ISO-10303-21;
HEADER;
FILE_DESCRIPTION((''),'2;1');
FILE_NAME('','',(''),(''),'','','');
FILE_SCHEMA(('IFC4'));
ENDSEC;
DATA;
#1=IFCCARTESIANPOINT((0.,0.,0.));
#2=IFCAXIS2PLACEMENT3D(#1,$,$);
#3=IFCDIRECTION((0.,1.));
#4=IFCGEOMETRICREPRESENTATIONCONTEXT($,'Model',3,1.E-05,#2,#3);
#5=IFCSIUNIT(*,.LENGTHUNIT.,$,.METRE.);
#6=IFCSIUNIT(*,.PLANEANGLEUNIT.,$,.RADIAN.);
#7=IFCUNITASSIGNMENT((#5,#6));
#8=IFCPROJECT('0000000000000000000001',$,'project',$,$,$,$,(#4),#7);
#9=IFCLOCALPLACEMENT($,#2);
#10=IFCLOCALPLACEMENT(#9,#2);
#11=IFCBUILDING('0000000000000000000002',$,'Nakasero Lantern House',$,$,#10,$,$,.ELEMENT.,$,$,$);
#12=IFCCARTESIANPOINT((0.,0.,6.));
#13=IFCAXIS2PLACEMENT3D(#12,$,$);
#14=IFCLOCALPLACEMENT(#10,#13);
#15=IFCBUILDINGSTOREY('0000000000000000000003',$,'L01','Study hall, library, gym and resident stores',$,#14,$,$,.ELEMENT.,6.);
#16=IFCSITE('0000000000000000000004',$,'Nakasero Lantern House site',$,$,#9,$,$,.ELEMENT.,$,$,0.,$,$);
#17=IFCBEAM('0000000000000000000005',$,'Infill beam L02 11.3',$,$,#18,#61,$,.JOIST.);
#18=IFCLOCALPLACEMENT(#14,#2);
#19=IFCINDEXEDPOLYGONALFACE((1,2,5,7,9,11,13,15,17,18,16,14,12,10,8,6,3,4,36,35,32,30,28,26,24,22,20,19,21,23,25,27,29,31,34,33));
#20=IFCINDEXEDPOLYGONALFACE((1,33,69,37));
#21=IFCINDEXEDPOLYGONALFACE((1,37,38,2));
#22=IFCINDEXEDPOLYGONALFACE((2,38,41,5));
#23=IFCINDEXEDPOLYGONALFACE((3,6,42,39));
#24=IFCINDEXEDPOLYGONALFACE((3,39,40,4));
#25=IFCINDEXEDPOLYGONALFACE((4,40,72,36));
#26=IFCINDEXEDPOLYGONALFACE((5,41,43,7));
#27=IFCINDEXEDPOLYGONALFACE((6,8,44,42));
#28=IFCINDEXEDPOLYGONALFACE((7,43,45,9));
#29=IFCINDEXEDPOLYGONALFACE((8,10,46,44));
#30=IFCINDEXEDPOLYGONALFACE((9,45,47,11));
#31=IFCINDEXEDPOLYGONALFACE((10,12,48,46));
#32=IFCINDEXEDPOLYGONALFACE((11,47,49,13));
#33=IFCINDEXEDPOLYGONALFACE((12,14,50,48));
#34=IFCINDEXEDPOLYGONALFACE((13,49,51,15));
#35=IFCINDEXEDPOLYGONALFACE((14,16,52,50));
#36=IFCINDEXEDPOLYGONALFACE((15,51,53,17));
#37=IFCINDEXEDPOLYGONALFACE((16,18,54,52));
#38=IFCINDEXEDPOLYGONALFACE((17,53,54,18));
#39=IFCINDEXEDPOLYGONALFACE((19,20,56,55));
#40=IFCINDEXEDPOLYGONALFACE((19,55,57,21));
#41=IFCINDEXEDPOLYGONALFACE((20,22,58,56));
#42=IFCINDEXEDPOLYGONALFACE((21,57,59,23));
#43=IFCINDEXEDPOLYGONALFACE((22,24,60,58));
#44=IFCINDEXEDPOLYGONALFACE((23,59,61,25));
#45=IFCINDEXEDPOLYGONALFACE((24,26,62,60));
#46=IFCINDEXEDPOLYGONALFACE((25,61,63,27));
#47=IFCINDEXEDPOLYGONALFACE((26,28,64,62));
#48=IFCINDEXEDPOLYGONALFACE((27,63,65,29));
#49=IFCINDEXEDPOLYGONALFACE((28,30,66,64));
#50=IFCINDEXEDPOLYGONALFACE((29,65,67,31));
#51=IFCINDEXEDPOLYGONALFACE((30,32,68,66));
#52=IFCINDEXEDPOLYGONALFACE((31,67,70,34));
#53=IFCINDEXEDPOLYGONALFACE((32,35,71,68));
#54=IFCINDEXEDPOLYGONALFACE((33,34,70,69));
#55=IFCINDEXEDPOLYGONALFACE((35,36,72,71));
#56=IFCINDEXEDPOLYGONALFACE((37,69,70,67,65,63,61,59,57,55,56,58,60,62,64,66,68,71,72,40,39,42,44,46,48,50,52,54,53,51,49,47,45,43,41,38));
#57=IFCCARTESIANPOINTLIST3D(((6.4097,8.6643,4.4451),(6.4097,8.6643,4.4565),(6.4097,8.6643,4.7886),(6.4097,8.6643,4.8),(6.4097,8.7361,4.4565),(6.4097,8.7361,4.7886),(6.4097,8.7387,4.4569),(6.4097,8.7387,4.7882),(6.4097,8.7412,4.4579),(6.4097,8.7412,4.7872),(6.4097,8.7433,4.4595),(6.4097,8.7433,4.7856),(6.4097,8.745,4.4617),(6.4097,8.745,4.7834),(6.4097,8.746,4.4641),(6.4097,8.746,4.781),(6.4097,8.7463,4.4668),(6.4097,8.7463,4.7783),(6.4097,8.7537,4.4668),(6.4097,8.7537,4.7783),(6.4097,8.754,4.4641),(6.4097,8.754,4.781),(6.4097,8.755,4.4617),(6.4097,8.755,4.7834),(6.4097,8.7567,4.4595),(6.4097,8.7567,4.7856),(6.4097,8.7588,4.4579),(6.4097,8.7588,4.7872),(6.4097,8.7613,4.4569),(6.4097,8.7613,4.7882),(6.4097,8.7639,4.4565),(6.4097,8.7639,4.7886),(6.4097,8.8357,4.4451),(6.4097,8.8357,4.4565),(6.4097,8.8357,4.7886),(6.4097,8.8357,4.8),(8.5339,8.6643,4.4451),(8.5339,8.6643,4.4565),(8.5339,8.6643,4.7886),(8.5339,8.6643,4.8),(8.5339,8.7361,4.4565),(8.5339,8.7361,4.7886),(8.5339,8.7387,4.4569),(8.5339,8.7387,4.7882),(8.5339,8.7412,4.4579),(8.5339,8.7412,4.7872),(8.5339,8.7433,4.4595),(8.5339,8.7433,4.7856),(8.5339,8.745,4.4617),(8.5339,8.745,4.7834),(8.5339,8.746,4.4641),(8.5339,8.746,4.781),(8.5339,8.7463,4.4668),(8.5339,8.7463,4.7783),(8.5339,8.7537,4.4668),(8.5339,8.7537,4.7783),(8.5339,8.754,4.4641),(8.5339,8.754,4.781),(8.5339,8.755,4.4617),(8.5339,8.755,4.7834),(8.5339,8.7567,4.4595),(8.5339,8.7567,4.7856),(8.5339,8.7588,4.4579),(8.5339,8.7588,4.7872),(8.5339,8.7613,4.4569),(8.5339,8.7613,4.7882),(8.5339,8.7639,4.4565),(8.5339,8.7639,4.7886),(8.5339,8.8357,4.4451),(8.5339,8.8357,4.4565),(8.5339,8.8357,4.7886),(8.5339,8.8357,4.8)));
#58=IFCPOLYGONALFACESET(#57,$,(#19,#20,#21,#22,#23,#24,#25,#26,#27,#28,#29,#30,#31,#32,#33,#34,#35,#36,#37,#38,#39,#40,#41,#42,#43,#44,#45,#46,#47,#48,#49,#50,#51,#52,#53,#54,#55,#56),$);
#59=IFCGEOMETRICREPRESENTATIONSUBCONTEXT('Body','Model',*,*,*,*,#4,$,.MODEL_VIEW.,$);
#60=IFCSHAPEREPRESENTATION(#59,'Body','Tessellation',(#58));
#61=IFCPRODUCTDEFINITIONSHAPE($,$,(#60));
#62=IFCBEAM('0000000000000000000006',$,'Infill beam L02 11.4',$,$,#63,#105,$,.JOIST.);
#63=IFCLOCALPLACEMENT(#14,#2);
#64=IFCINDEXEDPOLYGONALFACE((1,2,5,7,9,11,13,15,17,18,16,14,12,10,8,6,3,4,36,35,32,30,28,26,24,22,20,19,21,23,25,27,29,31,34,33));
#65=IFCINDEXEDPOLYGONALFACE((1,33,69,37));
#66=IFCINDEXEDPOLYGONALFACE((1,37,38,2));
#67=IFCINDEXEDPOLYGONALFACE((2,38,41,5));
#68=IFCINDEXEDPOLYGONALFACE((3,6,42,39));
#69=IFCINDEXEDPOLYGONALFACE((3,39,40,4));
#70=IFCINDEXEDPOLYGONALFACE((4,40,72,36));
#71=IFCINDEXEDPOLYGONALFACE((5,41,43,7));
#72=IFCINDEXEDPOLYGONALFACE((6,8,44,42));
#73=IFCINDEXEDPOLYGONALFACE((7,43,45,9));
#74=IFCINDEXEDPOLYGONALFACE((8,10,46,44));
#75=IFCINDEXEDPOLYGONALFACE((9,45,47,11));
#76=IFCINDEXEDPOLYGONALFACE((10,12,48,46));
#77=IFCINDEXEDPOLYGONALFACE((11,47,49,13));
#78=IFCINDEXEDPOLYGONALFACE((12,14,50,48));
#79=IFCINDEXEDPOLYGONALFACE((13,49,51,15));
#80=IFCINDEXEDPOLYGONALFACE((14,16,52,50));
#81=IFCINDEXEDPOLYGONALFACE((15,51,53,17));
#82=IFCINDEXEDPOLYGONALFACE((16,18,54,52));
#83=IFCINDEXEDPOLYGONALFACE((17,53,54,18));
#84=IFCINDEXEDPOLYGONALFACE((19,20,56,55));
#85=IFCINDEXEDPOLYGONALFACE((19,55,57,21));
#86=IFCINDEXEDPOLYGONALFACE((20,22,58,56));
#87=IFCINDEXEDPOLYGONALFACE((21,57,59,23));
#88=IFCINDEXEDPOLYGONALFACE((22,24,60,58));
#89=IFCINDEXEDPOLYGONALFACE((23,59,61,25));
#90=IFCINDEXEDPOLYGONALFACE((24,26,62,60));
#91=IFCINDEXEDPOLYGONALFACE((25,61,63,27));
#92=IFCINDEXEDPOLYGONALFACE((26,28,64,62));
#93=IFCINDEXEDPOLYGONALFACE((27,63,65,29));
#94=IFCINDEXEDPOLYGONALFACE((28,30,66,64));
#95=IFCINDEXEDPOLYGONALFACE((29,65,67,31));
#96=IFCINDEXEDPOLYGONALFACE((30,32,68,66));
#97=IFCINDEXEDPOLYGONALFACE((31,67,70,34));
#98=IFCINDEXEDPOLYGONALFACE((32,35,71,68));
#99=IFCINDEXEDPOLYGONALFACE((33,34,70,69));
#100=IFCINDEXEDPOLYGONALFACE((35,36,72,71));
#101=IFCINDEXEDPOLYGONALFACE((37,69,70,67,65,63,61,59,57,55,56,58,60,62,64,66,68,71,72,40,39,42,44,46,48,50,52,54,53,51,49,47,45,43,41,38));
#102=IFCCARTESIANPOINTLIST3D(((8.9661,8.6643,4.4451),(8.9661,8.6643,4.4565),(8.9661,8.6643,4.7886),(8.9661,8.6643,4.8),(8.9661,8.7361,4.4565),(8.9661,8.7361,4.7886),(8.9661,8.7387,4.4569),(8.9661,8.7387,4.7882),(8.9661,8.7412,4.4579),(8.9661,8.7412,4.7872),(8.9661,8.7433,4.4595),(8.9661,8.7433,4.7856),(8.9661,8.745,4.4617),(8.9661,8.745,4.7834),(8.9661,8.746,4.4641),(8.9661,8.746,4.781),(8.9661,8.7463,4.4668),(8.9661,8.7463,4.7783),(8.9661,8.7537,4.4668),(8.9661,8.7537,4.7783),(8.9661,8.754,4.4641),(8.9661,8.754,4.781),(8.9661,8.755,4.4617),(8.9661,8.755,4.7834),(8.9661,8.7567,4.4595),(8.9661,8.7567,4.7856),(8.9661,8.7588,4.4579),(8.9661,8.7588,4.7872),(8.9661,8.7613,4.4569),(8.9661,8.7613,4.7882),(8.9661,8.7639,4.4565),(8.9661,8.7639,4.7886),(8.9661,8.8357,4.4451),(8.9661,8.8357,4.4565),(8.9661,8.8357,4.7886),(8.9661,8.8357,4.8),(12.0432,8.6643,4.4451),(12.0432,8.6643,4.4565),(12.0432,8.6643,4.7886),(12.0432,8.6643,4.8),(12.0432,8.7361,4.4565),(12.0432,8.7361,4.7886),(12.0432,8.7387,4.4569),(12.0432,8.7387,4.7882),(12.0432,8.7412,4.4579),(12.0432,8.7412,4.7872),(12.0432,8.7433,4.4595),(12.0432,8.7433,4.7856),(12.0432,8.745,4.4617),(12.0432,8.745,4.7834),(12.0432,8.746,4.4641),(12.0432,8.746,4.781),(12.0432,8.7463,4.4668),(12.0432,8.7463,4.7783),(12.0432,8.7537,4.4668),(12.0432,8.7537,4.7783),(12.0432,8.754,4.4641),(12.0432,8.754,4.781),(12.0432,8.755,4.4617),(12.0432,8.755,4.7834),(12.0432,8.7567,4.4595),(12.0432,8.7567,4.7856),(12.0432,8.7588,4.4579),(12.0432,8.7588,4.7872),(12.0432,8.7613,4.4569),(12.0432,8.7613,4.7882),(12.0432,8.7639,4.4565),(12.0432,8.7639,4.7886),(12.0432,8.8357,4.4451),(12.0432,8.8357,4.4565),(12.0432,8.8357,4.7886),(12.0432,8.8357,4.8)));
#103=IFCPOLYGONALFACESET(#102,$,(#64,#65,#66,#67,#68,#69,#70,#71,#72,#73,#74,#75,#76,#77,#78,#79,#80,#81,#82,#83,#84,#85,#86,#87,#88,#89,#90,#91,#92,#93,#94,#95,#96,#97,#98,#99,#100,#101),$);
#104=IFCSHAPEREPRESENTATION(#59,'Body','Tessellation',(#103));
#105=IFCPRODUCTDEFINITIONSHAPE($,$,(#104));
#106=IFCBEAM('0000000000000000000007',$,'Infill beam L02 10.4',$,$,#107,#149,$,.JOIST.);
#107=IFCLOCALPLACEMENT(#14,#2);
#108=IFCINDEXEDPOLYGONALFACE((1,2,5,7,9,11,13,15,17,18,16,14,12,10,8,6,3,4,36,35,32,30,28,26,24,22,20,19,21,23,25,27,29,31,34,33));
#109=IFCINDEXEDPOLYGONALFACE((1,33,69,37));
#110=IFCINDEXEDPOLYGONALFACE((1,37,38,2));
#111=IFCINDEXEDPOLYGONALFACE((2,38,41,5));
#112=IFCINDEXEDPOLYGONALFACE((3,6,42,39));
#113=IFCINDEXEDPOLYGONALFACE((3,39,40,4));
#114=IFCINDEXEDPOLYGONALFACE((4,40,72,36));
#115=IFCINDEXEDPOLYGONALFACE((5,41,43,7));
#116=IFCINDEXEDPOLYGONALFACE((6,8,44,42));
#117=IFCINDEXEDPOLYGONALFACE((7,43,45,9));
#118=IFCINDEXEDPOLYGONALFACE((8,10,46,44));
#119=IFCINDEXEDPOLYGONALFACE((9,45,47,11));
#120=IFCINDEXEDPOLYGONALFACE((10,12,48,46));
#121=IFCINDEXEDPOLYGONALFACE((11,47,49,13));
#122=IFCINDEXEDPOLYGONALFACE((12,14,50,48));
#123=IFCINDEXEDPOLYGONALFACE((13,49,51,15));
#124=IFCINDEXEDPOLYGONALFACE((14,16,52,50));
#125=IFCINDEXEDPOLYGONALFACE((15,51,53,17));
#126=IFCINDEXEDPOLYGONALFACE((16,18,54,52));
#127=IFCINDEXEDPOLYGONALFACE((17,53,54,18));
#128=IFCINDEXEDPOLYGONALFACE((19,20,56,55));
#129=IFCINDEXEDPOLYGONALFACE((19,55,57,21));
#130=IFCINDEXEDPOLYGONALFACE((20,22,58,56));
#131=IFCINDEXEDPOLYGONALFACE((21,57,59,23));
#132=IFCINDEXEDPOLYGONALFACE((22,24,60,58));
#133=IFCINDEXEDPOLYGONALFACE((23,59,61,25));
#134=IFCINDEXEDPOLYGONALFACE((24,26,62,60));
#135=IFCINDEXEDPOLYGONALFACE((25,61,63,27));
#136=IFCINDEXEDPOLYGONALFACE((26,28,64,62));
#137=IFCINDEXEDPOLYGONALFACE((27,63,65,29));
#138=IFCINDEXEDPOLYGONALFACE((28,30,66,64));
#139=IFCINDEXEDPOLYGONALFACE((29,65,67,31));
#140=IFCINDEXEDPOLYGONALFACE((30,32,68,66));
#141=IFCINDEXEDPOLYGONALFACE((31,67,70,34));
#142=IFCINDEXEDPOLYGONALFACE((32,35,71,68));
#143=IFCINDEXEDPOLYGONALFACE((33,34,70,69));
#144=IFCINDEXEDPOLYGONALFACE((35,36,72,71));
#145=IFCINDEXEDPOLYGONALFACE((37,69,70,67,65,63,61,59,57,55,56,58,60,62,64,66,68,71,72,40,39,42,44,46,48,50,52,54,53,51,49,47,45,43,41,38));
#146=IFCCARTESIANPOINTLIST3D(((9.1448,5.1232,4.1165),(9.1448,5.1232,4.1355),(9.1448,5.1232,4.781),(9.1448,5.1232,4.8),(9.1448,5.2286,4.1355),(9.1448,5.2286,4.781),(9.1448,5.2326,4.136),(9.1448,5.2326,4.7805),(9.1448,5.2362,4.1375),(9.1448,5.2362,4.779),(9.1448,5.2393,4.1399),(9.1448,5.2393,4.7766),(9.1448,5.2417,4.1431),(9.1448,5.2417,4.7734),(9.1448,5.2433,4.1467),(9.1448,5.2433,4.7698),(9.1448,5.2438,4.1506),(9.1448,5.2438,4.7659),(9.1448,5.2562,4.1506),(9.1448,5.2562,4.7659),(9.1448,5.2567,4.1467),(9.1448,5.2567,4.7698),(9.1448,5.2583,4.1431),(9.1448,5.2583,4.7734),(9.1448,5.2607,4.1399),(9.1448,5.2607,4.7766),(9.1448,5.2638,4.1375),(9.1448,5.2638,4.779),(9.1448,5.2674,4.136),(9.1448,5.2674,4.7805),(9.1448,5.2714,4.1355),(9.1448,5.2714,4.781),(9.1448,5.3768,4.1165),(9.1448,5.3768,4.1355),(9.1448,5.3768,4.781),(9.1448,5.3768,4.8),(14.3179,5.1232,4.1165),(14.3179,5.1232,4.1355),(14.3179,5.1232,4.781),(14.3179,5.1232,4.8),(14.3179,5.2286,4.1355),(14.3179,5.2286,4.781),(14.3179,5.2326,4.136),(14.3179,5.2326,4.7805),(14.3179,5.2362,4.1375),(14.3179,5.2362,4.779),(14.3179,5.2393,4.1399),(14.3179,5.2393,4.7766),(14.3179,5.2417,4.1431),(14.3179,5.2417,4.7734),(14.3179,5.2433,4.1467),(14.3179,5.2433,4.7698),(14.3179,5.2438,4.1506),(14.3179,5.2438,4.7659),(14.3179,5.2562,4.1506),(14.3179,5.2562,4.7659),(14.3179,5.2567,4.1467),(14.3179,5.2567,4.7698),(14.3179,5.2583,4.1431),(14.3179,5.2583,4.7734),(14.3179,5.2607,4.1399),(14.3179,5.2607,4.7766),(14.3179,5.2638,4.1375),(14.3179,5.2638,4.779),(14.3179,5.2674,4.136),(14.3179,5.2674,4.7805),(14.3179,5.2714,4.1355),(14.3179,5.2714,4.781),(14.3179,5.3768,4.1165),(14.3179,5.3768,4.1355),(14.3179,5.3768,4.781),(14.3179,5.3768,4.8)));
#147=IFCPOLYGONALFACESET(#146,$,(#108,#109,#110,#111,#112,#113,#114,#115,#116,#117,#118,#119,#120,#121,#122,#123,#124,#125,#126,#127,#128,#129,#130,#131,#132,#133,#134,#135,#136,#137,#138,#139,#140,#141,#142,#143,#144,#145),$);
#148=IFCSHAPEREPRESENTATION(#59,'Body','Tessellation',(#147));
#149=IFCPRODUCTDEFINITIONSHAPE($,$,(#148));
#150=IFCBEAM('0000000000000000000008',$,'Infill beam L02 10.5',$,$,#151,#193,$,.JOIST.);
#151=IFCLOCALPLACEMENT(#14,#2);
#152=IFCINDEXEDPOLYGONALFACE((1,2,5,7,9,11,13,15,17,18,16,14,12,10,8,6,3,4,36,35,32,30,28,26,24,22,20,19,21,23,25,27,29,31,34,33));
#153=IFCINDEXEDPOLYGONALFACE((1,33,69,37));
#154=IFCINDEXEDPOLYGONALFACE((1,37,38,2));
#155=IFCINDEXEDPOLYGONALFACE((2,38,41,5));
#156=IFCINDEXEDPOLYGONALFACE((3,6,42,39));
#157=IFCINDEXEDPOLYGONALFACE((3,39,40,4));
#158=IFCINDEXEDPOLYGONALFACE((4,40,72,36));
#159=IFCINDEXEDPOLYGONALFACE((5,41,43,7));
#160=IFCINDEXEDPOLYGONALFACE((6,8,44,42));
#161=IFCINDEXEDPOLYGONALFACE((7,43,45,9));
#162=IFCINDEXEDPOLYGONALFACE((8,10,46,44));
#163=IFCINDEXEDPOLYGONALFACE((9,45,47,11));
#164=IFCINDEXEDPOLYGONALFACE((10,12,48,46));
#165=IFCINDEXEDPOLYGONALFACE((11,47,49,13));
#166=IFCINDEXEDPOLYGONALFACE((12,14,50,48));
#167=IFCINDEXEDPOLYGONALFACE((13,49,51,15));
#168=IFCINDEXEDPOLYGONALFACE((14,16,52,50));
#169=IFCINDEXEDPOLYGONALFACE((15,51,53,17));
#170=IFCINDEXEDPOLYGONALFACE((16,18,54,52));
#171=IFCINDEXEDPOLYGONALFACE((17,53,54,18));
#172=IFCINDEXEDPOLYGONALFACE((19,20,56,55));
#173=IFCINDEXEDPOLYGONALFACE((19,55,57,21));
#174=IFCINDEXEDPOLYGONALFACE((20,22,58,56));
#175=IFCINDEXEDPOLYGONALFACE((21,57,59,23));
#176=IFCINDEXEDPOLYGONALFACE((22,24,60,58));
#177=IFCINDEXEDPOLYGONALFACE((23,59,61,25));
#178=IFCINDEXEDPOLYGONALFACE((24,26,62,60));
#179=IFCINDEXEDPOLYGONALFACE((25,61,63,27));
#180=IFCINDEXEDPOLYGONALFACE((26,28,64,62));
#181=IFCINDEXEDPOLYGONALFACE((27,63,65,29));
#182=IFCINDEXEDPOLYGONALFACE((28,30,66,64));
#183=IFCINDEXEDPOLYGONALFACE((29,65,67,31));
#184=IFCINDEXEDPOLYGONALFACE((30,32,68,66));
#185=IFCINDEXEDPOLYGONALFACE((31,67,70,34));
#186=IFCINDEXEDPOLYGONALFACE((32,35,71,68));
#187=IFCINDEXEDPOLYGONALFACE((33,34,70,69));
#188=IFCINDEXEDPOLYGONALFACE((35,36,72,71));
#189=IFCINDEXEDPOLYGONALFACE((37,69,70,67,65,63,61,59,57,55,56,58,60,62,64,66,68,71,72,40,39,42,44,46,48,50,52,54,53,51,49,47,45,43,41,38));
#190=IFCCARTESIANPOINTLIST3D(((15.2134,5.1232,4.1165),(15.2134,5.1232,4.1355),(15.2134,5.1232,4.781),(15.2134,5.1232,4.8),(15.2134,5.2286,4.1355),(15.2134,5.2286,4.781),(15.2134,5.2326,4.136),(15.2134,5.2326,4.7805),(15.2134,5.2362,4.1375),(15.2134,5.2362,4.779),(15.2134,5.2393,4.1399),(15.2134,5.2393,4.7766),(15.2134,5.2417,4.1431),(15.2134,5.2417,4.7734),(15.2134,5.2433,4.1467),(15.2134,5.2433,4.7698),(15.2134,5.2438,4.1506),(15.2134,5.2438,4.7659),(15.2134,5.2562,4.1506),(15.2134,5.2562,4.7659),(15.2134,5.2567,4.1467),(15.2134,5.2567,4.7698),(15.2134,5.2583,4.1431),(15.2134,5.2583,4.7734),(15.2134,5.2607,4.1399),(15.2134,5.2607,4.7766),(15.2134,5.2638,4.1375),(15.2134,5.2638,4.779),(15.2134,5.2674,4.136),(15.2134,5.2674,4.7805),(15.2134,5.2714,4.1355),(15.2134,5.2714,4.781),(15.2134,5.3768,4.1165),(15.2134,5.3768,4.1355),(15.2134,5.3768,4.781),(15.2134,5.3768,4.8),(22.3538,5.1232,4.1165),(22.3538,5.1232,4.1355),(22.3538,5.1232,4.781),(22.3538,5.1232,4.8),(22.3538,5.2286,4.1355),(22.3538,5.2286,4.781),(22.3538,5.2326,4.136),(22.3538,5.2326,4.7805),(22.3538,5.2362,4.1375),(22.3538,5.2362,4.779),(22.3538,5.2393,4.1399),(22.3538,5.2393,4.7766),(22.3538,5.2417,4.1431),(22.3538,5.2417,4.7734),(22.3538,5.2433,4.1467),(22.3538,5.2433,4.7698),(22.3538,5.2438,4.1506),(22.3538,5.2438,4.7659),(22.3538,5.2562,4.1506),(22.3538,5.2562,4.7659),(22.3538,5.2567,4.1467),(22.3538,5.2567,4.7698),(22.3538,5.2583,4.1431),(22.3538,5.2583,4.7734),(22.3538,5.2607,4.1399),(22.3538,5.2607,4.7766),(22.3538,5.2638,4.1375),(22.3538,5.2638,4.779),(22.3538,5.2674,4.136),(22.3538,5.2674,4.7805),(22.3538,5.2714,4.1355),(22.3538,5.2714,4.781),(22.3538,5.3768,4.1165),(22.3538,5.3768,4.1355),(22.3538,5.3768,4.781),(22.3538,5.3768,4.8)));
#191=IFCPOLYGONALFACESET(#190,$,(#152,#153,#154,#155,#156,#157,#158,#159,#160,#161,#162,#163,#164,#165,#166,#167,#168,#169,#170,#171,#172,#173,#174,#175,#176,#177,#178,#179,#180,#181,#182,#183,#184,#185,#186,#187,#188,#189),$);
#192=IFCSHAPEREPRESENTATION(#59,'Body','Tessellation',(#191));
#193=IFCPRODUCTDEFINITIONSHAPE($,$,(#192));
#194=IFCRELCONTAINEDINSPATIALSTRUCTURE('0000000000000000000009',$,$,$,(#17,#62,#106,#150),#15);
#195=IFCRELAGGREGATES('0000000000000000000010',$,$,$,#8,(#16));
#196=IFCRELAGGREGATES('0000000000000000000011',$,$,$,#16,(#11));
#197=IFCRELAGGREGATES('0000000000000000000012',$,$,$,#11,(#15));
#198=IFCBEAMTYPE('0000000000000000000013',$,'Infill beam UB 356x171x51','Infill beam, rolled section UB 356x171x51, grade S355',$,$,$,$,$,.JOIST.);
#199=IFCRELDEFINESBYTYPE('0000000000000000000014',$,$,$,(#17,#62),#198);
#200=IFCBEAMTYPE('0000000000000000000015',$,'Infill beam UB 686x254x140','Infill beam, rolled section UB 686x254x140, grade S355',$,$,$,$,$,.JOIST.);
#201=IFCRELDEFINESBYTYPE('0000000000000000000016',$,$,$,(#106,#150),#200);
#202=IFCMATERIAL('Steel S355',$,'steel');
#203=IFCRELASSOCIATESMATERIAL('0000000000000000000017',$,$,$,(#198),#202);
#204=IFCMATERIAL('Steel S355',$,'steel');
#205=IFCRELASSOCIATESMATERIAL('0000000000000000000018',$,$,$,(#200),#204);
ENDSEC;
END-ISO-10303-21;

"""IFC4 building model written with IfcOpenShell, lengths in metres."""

from ifc_helpers import new_model, si_unit, direction, frame, origin, origin_2d, place, context, subcontext, project, spatial, i_section, extrude, material, material_profile, profile_set, type_object, element, save


model = new_model("IFC4")

# Units and contexts
model_context = context("Model", 3, precision=1e-05, world=origin(), true_north=direction((0.0, 1.0)))
body_context = subcontext(model_context, "Body", "Model", "MODEL_VIEW")
ifc_project = project(units=[si_unit("LENGTHUNIT", "METRE"), si_unit("PLANEANGLEUNIT", "RADIAN")], contexts=[model_context])

# Site, building, storey
site_placement = place(None, origin())
site = spatial("IfcSite", under=ifc_project, at=site_placement, Name="Nakasero Lantern House site", CompositionType="ELEMENT", RefElevation=0.0)
building_placement = place(site_placement, origin())
building = spatial("IfcBuilding", under=site, at=building_placement, Name="Nakasero Lantern House", CompositionType="ELEMENT")
storey_placement = place(building_placement, frame((0.0, 0.0, 6.0)))
storey = spatial("IfcBuildingStorey", under=building, at=storey_placement, Name="L01", Description="Study hall, library, gym and resident stores", CompositionType="ELEMENT", Elevation=6.0)

# Beams
ifc_material_1 = material(Name="Steel S355", Category="steel")
ifc_material_profile_1 = material_profile(ifc_material_1, i_section(OverallWidth=0.1714, OverallDepth=0.355, WebThickness=0.0073, FlangeThickness=0.0115, FilletRadius=0.0103, at=origin_2d()), Name="UB 356x171x51")
ifc_profile_set_1 = profile_set([ifc_material_profile_1], Name="Steel S355")
beam_type_1 = type_object("IfcBeamType", Name="Infill beam UB 356x171x51", Description="Infill beam, rolled section UB 356x171x51, grade S355", PredefinedType="JOIST", material=ifc_profile_set_1)
beam_1_placement = place(storey_placement, frame((6.4097, 8.75, 4.6226), z_axis=(1.0, 0.0, 0.0), x_axis=(0.0, 1.0, 0.0)))
element("IfcBeam", 1, at=beam_1_placement, inside=storey, type_object=beam_type_1, Name="Infill beam L02 11.3", PredefinedType="JOIST", context=body_context, shape_type="SweptSolid", body=[
    extrude(i_section(OverallWidth=0.1714, OverallDepth=0.355, WebThickness=0.0073, FlangeThickness=0.0115, FilletRadius=0.0103, at=origin_2d()), origin(), (0.0, 0.0, 1.0), 2.1243),
])
beam_2_placement = place(storey_placement, frame((8.9661, 8.75, 4.6226), z_axis=(1.0, 0.0, 0.0), x_axis=(0.0, 1.0, 0.0)))
element("IfcBeam", 2, at=beam_2_placement, inside=storey, type_object=beam_type_1, Name="Infill beam L02 11.4", PredefinedType="JOIST", context=body_context, shape_type="SweptSolid", body=[
    extrude(i_section(OverallWidth=0.1714, OverallDepth=0.355, WebThickness=0.0073, FlangeThickness=0.0115, FilletRadius=0.0103, at=origin_2d()), origin(), (0.0, 0.0, 1.0), 3.0771),
])
ifc_material_2 = material(Name="Steel S355", Category="steel")
ifc_material_profile_2 = material_profile(ifc_material_2, i_section(OverallWidth=0.2537, OverallDepth=0.6836, WebThickness=0.0125, FlangeThickness=0.019, FilletRadius=0.0151, at=origin_2d()), Name="UB 686x254x140")
ifc_profile_set_2 = profile_set([ifc_material_profile_2], Name="Steel S355")
beam_type_2 = type_object("IfcBeamType", Name="Infill beam UB 686x254x140", Description="Infill beam, rolled section UB 686x254x140, grade S355", PredefinedType="JOIST", material=ifc_profile_set_2)
beam_3_placement = place(storey_placement, frame((9.1448, 5.25, 4.4583), z_axis=(1.0, 0.0, 0.0), x_axis=(0.0, 1.0, 0.0)))
element("IfcBeam", 3, at=beam_3_placement, inside=storey, type_object=beam_type_2, Name="Infill beam L02 10.4", PredefinedType="JOIST", context=body_context, shape_type="SweptSolid", body=[
    extrude(i_section(OverallWidth=0.2537, OverallDepth=0.6836, WebThickness=0.0125, FlangeThickness=0.019, FilletRadius=0.0151, at=origin_2d()), origin(), (0.0, 0.0, 1.0), 5.1731),
])
beam_4_placement = place(storey_placement, frame((15.2134, 5.25, 4.4583), z_axis=(1.0, 0.0, 0.0), x_axis=(0.0, 1.0, 0.0)))
element("IfcBeam", 4, at=beam_4_placement, inside=storey, type_object=beam_type_2, Name="Infill beam L02 10.5", PredefinedType="JOIST", context=body_context, shape_type="SweptSolid", body=[
    extrude(i_section(OverallWidth=0.2537, OverallDepth=0.6836, WebThickness=0.0125, FlangeThickness=0.019, FilletRadius=0.0151, at=origin_2d()), origin(), (0.0, 0.0, 1.0), 7.1404),
])

save(model, "model.ifc")
